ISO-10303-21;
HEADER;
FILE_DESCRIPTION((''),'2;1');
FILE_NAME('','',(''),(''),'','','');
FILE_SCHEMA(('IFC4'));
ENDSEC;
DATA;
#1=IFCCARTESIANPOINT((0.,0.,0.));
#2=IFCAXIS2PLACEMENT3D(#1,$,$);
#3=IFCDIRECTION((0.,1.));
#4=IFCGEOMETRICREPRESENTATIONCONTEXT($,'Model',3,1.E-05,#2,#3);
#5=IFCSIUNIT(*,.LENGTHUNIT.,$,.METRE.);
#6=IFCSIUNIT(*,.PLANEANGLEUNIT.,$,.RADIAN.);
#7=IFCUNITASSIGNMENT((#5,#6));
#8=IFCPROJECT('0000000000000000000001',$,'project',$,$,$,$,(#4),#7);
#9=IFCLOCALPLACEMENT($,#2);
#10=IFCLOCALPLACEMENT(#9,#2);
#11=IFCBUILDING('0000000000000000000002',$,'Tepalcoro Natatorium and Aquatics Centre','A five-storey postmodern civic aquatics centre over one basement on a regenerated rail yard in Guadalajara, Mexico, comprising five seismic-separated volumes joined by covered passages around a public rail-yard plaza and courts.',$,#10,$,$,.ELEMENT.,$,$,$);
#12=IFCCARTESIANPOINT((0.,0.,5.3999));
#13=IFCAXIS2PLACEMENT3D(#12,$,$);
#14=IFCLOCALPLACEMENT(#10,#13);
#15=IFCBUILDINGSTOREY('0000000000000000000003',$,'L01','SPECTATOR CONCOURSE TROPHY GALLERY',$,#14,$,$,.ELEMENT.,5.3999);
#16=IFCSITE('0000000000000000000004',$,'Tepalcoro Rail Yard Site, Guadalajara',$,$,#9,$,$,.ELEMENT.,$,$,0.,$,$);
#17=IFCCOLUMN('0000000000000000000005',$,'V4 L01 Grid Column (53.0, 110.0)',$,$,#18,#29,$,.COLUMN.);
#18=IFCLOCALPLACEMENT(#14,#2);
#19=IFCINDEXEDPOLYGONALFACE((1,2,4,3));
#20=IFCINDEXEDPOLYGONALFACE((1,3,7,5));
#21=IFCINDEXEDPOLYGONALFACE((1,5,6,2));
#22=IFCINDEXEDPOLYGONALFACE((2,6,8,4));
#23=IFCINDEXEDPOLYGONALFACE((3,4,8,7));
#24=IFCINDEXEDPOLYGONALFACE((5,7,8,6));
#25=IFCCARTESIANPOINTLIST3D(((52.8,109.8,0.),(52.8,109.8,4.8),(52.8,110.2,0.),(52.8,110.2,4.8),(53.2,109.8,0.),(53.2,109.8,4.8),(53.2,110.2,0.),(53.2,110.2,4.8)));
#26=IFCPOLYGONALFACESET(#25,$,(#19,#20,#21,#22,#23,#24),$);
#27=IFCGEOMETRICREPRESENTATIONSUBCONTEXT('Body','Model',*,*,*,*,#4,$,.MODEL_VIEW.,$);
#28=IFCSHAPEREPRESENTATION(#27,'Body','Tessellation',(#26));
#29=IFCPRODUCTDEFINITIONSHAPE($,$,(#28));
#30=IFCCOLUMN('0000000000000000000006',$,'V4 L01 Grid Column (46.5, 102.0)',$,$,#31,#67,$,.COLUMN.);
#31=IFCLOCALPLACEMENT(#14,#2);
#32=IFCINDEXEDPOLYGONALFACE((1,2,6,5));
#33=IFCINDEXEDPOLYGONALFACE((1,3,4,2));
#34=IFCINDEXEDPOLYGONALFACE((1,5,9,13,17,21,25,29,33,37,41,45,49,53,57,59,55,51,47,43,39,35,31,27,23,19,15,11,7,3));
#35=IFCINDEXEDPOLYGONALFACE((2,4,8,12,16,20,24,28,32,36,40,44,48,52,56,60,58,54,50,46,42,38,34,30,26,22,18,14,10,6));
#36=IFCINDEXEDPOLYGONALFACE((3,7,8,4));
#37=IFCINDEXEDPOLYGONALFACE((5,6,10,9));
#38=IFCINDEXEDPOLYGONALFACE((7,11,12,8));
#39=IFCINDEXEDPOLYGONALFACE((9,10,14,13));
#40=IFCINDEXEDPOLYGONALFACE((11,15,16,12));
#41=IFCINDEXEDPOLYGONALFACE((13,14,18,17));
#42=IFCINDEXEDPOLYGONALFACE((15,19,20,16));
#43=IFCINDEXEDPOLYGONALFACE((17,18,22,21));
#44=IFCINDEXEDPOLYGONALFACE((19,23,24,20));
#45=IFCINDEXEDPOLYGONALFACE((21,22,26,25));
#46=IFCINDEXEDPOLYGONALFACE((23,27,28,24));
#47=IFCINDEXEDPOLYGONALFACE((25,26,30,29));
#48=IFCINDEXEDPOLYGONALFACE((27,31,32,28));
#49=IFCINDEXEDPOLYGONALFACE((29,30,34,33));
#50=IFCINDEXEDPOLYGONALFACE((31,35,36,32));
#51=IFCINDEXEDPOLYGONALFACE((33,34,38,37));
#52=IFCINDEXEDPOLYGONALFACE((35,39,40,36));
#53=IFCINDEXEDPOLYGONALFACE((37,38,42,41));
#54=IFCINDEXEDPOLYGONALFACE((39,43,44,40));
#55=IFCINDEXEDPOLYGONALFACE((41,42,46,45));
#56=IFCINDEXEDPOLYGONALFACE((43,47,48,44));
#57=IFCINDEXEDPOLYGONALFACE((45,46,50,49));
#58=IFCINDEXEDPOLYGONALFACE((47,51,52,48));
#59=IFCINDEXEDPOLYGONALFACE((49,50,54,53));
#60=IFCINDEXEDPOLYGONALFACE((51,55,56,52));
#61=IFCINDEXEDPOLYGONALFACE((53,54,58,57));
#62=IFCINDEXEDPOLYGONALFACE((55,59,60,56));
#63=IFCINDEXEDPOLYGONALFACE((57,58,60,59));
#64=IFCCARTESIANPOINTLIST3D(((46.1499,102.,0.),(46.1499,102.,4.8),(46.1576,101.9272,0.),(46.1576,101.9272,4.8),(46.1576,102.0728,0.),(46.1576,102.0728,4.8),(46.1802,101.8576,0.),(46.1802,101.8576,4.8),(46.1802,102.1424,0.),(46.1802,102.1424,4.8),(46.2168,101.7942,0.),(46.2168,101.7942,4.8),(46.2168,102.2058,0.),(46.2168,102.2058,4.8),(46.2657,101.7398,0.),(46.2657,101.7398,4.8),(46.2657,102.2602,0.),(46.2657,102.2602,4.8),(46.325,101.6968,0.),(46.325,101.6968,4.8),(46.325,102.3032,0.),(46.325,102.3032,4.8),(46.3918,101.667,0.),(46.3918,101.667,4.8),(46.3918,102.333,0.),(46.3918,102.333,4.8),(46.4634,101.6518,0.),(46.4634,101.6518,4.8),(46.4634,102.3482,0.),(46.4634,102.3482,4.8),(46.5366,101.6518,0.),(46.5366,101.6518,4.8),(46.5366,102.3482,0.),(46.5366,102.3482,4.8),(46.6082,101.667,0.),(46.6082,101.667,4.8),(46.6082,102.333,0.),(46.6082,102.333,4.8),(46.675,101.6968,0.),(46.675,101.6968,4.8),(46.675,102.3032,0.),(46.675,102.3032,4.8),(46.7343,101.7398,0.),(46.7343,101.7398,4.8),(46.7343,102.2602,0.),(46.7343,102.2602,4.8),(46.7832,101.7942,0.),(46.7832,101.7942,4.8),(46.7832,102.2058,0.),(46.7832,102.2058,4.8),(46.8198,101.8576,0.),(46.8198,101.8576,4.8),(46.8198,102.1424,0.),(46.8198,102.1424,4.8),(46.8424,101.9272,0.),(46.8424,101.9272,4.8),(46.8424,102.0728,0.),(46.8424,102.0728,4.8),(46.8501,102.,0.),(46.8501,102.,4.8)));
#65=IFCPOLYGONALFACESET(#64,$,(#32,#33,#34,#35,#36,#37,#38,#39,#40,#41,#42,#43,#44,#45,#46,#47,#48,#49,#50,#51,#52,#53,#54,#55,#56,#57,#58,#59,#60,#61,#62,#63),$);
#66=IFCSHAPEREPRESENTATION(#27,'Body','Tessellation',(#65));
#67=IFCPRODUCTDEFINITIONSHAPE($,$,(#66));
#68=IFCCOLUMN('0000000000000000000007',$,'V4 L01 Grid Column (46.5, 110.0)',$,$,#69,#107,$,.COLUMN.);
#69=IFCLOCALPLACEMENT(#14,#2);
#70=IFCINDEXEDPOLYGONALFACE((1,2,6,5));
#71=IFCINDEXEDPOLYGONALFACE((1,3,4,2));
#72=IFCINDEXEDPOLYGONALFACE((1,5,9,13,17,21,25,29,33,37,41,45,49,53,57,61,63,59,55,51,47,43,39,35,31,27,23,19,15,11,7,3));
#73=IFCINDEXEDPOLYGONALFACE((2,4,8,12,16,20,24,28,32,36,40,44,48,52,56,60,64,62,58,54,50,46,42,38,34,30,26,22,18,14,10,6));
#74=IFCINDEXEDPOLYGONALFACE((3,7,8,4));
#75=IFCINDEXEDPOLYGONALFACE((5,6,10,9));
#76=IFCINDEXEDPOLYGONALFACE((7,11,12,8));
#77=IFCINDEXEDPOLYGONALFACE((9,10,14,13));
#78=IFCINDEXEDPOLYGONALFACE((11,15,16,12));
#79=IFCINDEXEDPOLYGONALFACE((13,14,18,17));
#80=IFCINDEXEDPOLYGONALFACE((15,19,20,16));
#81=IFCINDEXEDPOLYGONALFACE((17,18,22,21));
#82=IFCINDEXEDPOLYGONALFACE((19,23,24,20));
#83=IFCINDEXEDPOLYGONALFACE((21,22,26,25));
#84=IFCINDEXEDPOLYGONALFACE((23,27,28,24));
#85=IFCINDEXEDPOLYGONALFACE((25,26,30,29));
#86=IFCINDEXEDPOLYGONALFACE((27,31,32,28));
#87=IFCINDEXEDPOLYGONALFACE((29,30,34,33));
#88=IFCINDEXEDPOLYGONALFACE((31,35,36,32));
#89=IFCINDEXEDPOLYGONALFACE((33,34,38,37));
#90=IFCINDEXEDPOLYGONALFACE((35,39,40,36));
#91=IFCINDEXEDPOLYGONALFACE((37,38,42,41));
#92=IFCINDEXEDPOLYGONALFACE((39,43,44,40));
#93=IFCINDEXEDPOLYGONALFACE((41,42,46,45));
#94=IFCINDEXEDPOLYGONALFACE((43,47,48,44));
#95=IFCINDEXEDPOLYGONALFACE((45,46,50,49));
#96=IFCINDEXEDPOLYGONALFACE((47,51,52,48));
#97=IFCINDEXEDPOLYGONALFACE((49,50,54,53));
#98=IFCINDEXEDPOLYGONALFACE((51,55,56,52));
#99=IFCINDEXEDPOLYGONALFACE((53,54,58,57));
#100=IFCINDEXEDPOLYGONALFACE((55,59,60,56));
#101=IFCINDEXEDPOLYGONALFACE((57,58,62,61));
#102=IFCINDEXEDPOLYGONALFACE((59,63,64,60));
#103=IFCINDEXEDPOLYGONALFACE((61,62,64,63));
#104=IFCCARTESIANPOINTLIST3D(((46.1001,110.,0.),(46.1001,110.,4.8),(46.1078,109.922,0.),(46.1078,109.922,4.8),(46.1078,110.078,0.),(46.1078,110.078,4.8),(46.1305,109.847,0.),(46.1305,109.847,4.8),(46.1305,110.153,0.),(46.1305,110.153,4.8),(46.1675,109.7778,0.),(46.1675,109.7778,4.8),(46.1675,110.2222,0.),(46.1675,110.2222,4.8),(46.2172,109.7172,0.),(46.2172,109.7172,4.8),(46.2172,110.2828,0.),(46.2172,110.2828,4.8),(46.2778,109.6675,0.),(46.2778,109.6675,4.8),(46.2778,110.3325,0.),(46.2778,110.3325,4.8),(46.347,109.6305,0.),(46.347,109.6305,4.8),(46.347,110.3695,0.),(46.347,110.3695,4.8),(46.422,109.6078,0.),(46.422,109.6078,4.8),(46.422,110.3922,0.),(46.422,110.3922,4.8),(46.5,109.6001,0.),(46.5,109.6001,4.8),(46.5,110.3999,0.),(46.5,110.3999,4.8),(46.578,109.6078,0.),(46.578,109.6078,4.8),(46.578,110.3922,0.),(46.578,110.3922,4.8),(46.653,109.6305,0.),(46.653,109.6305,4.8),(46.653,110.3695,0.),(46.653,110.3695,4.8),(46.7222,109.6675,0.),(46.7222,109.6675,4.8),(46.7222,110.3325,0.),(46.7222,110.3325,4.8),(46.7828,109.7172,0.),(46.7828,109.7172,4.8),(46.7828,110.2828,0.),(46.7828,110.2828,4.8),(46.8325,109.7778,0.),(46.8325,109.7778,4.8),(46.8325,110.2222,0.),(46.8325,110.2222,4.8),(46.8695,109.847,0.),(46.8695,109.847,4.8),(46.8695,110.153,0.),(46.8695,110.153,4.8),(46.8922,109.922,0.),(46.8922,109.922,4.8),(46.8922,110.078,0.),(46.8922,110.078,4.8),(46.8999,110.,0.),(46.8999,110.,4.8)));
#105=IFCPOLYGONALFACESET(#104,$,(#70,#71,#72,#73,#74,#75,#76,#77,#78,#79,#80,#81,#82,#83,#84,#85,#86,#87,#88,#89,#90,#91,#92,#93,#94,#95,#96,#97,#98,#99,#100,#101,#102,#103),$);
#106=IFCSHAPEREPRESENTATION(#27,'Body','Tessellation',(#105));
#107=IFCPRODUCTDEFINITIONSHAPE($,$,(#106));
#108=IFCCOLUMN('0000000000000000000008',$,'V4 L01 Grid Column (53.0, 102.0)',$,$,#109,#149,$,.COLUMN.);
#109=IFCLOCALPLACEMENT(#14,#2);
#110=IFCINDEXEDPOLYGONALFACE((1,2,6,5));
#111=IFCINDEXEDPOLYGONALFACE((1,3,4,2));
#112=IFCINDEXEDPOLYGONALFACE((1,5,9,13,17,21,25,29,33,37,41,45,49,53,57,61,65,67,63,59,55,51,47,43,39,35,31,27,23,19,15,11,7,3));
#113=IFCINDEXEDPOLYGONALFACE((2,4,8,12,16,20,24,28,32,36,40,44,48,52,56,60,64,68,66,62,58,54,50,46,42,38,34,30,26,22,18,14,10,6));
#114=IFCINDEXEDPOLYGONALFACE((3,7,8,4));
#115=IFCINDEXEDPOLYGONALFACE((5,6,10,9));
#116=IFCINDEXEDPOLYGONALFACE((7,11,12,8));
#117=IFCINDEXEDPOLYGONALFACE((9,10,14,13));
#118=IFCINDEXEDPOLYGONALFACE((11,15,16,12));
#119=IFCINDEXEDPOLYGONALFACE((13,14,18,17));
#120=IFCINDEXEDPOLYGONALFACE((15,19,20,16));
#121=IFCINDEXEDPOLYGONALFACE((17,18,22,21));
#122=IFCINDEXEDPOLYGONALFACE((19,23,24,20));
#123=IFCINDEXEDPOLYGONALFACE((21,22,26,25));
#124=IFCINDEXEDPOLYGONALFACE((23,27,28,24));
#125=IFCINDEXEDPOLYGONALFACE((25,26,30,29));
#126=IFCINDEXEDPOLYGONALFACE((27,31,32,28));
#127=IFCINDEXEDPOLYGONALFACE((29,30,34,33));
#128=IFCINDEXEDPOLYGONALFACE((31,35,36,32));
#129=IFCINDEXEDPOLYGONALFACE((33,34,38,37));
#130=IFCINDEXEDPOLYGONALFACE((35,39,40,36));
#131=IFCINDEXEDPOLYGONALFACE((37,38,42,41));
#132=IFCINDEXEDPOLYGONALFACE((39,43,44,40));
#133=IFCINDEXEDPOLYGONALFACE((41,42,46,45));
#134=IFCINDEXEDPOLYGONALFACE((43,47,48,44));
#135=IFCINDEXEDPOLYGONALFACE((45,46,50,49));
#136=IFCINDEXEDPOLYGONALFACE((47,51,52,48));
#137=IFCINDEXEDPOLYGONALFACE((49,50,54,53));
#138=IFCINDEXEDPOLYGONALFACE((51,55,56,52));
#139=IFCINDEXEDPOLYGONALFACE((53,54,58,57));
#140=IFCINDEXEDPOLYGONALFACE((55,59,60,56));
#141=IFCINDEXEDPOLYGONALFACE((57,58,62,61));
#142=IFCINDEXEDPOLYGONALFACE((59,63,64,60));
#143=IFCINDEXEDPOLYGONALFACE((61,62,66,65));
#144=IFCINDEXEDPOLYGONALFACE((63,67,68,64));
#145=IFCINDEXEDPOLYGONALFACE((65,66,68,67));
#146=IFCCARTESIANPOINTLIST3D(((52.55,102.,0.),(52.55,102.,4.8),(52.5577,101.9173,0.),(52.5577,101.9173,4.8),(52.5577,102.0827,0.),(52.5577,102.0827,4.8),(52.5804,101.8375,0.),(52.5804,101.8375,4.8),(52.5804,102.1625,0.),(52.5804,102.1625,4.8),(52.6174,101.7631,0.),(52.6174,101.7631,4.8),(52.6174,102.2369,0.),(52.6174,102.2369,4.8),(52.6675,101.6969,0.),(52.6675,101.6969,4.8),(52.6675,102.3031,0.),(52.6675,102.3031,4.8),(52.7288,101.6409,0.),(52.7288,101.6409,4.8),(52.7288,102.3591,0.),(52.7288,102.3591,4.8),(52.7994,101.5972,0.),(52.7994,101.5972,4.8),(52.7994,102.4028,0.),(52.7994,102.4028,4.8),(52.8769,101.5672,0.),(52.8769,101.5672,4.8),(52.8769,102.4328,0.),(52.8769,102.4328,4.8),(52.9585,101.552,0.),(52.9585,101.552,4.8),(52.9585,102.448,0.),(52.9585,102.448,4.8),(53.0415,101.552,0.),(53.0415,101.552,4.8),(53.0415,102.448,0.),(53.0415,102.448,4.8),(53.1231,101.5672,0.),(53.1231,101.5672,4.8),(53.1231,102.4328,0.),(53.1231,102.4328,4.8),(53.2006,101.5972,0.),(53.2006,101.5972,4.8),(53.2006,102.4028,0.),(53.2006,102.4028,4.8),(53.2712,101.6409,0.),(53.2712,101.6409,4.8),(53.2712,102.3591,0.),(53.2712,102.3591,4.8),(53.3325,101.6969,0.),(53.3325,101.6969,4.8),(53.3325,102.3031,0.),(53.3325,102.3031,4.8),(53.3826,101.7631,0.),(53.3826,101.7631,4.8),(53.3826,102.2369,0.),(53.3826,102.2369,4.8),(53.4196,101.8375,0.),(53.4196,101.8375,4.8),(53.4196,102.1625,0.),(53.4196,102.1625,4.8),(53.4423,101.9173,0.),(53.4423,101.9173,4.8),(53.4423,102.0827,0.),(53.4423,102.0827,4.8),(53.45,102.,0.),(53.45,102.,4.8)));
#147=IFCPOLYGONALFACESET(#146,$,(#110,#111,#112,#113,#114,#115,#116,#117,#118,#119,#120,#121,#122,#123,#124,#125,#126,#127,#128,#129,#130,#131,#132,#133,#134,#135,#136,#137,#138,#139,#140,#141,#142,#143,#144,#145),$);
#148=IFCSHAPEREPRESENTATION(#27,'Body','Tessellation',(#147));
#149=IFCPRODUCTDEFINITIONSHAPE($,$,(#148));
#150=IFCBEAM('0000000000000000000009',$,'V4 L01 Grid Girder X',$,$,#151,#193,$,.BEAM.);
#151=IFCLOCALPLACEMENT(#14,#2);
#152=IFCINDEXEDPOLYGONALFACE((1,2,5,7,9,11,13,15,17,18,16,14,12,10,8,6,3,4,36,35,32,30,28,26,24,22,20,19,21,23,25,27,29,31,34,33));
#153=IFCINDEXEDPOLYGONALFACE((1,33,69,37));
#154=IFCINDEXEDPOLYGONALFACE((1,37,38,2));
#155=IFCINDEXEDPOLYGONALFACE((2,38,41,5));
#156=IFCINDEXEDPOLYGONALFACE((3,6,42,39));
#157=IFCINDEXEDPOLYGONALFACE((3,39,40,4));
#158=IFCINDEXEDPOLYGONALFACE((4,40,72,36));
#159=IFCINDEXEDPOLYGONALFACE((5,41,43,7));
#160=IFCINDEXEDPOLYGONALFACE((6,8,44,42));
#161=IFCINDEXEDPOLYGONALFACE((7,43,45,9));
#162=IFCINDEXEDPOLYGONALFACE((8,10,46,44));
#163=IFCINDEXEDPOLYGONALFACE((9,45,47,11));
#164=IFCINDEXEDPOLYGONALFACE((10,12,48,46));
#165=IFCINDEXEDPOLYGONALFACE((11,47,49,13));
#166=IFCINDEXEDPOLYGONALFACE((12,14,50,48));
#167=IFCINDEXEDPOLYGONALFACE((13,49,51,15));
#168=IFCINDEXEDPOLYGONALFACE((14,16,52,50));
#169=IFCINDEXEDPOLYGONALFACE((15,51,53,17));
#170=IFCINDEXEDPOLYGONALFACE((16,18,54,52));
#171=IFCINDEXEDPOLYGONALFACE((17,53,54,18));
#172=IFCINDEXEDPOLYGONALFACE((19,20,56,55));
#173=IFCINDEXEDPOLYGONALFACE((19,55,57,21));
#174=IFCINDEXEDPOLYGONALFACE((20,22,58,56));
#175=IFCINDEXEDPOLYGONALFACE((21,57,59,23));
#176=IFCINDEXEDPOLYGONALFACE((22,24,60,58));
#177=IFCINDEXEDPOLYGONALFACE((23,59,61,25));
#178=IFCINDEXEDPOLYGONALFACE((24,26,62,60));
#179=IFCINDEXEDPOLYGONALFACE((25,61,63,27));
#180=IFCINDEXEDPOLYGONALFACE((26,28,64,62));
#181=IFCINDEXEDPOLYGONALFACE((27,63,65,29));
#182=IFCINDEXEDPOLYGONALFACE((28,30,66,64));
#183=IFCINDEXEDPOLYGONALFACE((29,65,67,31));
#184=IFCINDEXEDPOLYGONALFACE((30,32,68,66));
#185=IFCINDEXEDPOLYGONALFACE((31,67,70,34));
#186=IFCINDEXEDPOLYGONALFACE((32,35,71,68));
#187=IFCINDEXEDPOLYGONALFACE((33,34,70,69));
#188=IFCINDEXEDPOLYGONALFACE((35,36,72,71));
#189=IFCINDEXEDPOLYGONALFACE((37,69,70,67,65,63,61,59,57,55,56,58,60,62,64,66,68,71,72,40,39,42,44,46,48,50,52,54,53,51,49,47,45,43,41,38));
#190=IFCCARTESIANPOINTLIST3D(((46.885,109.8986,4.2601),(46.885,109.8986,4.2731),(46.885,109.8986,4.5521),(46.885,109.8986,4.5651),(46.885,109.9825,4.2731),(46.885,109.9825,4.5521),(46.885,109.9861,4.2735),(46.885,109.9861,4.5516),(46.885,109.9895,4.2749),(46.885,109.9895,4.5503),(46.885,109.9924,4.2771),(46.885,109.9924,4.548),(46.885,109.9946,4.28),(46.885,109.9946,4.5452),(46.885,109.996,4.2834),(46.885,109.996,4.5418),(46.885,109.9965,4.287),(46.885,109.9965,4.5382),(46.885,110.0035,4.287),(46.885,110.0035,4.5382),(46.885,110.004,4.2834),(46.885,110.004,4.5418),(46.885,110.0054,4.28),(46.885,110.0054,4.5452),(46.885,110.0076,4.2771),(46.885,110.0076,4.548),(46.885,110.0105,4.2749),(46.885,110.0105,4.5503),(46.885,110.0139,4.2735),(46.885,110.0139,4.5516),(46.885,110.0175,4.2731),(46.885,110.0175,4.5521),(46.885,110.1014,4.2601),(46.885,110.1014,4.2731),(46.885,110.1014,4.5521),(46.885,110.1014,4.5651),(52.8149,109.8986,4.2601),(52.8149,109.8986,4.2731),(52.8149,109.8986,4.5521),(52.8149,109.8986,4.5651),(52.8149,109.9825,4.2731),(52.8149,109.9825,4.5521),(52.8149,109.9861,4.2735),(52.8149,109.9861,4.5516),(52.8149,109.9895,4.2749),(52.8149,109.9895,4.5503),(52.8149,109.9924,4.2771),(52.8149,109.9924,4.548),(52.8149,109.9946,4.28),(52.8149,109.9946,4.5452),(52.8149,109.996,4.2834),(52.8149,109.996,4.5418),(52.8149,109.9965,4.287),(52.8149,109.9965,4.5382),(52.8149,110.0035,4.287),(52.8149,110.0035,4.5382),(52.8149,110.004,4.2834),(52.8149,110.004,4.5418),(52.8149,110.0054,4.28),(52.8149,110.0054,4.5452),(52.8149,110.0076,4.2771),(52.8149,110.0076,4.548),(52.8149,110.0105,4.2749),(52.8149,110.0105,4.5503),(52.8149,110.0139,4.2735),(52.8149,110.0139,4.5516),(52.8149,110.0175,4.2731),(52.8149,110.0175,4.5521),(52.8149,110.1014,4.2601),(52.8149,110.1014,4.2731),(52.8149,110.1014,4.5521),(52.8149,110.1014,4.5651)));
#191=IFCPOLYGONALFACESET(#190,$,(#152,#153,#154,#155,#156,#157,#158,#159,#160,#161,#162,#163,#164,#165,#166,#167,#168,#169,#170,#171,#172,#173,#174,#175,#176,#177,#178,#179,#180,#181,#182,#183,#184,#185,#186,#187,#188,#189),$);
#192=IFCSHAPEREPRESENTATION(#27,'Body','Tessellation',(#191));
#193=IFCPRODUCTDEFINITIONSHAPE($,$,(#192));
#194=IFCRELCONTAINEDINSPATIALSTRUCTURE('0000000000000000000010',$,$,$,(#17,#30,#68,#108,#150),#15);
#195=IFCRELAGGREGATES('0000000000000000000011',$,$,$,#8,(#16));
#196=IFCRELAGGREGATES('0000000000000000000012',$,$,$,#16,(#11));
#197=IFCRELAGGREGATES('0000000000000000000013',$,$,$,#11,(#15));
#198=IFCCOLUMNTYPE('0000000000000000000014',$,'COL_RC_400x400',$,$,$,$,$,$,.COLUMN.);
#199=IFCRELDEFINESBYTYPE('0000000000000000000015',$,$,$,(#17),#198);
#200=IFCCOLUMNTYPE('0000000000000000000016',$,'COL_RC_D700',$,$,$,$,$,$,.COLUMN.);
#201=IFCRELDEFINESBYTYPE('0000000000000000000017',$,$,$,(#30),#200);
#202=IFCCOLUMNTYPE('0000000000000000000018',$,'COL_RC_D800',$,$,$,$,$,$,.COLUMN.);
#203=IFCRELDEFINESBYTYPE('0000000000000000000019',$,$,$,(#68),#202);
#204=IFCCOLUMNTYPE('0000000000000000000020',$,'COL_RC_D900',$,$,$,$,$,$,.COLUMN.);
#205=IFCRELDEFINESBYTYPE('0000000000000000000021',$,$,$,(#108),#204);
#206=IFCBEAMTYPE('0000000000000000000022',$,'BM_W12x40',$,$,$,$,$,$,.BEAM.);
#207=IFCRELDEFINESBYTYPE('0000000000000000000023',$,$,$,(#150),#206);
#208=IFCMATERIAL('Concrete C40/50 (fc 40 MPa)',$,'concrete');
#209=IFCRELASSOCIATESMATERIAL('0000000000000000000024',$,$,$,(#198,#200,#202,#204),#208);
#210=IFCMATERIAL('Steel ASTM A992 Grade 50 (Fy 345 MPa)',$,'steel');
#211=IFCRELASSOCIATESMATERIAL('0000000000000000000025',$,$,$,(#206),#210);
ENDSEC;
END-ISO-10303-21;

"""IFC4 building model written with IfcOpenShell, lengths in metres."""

from ifc_helpers import new_model, si_unit, direction, frame, origin, origin_2d, place, context, subcontext, project, spatial, rectangle, circle, i_section, extrude, material, material_profile, profile_set, type_object, element, save


model = new_model("IFC4")

# Units and contexts
model_context = context("Model", 3, precision=1e-05, world=origin(), true_north=direction((0.0, 1.0)))
body_context = subcontext(model_context, "Body", "Model", "MODEL_VIEW")
ifc_project = project(units=[si_unit("LENGTHUNIT", "METRE"), si_unit("PLANEANGLEUNIT", "RADIAN")], contexts=[model_context])

# Site, building, storey
site_placement = place(None, origin())
site = spatial("IfcSite", under=ifc_project, at=site_placement, Name="Tepalcoro Rail Yard Site, Guadalajara", CompositionType="ELEMENT", RefElevation=0.0)
building_placement = place(site_placement, origin())
building = spatial("IfcBuilding", under=site, at=building_placement, Name="Tepalcoro Natatorium and Aquatics Centre", Description="A five-storey postmodern civic aquatics centre over one basement on a regenerated rail yard in Guadalajara, Mexico, comprising five seismic-separated volumes joined by covered passages around a public rail-yard plaza and courts.", CompositionType="ELEMENT")
storey_placement = place(building_placement, frame((0.0, 0.0, 5.3999)))
storey = spatial("IfcBuildingStorey", under=building, at=storey_placement, Name="L01", Description="SPECTATOR CONCOURSE TROPHY GALLERY", CompositionType="ELEMENT", Elevation=5.3999)

# Columns
ifc_material_1 = material(Name="Concrete C40/50 (fc 40 MPa)", Category="concrete")
ifc_material_profile_1 = material_profile(ifc_material_1, rectangle(XDim=0.3999, YDim=0.3999, at=origin_2d()), Name="RC400x400")
ifc_profile_set_1 = profile_set([ifc_material_profile_1], Name="Concrete C40/50 (fc 40 MPa)")
column_type_1 = type_object("IfcColumnType", Name="COL_RC_400x400", PredefinedType="COLUMN", material=ifc_profile_set_1)
column_1_placement = place(storey_placement, frame((53.0, 110.0, 0.0), z_axis=(0.0, 0.0, 1.0), x_axis=(1.0, 0.0, 0.0)))
element("IfcColumn", 1, at=column_1_placement, inside=storey, type_object=column_type_1, Name="V4 L01 Grid Column (53.0, 110.0)", PredefinedType="COLUMN", context=body_context, shape_type="SweptSolid", body=[
    extrude(rectangle(XDim=0.3999, YDim=0.3999, at=origin_2d()), origin(), (0.0, 0.0, 1.0), 4.8),
])
ifc_material_profile_2 = material_profile(ifc_material_1, circle(Radius=0.3501, at=origin_2d()), Name="RCD700")
ifc_profile_set_2 = profile_set([ifc_material_profile_2], Name="Concrete C40/50 (fc 40 MPa)")
column_type_2 = type_object("IfcColumnType", Name="COL_RC_D700", PredefinedType="COLUMN", material=ifc_profile_set_2)
column_2_placement = place(storey_placement, frame((46.5, 102.0, 0.0), z_axis=(0.0, 0.0, 1.0), x_axis=(1.0, 0.0, 0.0)))
element("IfcColumn", 2, at=column_2_placement, inside=storey, type_object=column_type_2, Name="V4 L01 Grid Column (46.5, 102.0)", PredefinedType="COLUMN", context=body_context, shape_type="SweptSolid", body=[
    extrude(circle(Radius=0.3501, at=origin_2d()), origin(), (0.0, 0.0, 1.0), 4.8),
])
ifc_material_profile_3 = material_profile(ifc_material_1, circle(Radius=0.3999, at=origin_2d()), Name="RCD800")
ifc_profile_set_3 = profile_set([ifc_material_profile_3], Name="Concrete C40/50 (fc 40 MPa)")
column_type_3 = type_object("IfcColumnType", Name="COL_RC_D800", PredefinedType="COLUMN", material=ifc_profile_set_3)
column_3_placement = place(storey_placement, frame((46.5, 110.0, 0.0), z_axis=(0.0, 0.0, 1.0), x_axis=(1.0, 0.0, 0.0)))
element("IfcColumn", 3, at=column_3_placement, inside=storey, type_object=column_type_3, Name="V4 L01 Grid Column (46.5, 110.0)", PredefinedType="COLUMN", context=body_context, shape_type="SweptSolid", body=[
    extrude(circle(Radius=0.3999, at=origin_2d()), origin(), (0.0, 0.0, 1.0), 4.8),
])
ifc_material_profile_4 = material_profile(ifc_material_1, circle(Radius=0.45, at=origin_2d()), Name="RCD900")
ifc_profile_set_4 = profile_set([ifc_material_profile_4], Name="Concrete C40/50 (fc 40 MPa)")
column_type_4 = type_object("IfcColumnType", Name="COL_RC_D900", PredefinedType="COLUMN", material=ifc_profile_set_4)
column_4_placement = place(storey_placement, frame((53.0, 102.0, 0.0), z_axis=(0.0, 0.0, 1.0), x_axis=(1.0, 0.0, 0.0)))
element("IfcColumn", 4, at=column_4_placement, inside=storey, type_object=column_type_4, Name="V4 L01 Grid Column (53.0, 102.0)", PredefinedType="COLUMN", context=body_context, shape_type="SweptSolid", body=[
    extrude(circle(Radius=0.45, at=origin_2d()), origin(), (0.0, 0.0, 1.0), 4.8),
])

# Beam
ifc_material_2 = material(Name="Steel ASTM A992 Grade 50 (Fy 345 MPa)", Category="steel")
ifc_material_profile_5 = material_profile(ifc_material_2, i_section(OverallWidth=0.2029, OverallDepth=0.3049, WebThickness=0.0071, FlangeThickness=0.0129, FilletRadius=0.0139, at=origin_2d()), Name="W12X40")
ifc_profile_set_5 = profile_set([ifc_material_profile_5], Name="Steel ASTM A992 Grade 50 (Fy 345 MPa)")
beam_type_1 = type_object("IfcBeamType", Name="BM_W12x40", PredefinedType="BEAM", material=ifc_profile_set_5)
beam_1_placement = place(storey_placement, frame((46.885, 110.0, 4.4126), z_axis=(1.0, 0.0, 0.0), x_axis=(0.0, 1.0, 0.0)))
element("IfcBeam", 5, at=beam_1_placement, inside=storey, type_object=beam_type_1, Name="V4 L01 Grid Girder X", PredefinedType="BEAM", context=body_context, shape_type="SweptSolid", body=[
    extrude(i_section(OverallWidth=0.2029, OverallDepth=0.3049, WebThickness=0.0071, FlangeThickness=0.0129, FilletRadius=0.0139, at=origin_2d()), origin(), (0.0, 0.0, 1.0), 5.9299),
])

save(model, "model.ifc")
